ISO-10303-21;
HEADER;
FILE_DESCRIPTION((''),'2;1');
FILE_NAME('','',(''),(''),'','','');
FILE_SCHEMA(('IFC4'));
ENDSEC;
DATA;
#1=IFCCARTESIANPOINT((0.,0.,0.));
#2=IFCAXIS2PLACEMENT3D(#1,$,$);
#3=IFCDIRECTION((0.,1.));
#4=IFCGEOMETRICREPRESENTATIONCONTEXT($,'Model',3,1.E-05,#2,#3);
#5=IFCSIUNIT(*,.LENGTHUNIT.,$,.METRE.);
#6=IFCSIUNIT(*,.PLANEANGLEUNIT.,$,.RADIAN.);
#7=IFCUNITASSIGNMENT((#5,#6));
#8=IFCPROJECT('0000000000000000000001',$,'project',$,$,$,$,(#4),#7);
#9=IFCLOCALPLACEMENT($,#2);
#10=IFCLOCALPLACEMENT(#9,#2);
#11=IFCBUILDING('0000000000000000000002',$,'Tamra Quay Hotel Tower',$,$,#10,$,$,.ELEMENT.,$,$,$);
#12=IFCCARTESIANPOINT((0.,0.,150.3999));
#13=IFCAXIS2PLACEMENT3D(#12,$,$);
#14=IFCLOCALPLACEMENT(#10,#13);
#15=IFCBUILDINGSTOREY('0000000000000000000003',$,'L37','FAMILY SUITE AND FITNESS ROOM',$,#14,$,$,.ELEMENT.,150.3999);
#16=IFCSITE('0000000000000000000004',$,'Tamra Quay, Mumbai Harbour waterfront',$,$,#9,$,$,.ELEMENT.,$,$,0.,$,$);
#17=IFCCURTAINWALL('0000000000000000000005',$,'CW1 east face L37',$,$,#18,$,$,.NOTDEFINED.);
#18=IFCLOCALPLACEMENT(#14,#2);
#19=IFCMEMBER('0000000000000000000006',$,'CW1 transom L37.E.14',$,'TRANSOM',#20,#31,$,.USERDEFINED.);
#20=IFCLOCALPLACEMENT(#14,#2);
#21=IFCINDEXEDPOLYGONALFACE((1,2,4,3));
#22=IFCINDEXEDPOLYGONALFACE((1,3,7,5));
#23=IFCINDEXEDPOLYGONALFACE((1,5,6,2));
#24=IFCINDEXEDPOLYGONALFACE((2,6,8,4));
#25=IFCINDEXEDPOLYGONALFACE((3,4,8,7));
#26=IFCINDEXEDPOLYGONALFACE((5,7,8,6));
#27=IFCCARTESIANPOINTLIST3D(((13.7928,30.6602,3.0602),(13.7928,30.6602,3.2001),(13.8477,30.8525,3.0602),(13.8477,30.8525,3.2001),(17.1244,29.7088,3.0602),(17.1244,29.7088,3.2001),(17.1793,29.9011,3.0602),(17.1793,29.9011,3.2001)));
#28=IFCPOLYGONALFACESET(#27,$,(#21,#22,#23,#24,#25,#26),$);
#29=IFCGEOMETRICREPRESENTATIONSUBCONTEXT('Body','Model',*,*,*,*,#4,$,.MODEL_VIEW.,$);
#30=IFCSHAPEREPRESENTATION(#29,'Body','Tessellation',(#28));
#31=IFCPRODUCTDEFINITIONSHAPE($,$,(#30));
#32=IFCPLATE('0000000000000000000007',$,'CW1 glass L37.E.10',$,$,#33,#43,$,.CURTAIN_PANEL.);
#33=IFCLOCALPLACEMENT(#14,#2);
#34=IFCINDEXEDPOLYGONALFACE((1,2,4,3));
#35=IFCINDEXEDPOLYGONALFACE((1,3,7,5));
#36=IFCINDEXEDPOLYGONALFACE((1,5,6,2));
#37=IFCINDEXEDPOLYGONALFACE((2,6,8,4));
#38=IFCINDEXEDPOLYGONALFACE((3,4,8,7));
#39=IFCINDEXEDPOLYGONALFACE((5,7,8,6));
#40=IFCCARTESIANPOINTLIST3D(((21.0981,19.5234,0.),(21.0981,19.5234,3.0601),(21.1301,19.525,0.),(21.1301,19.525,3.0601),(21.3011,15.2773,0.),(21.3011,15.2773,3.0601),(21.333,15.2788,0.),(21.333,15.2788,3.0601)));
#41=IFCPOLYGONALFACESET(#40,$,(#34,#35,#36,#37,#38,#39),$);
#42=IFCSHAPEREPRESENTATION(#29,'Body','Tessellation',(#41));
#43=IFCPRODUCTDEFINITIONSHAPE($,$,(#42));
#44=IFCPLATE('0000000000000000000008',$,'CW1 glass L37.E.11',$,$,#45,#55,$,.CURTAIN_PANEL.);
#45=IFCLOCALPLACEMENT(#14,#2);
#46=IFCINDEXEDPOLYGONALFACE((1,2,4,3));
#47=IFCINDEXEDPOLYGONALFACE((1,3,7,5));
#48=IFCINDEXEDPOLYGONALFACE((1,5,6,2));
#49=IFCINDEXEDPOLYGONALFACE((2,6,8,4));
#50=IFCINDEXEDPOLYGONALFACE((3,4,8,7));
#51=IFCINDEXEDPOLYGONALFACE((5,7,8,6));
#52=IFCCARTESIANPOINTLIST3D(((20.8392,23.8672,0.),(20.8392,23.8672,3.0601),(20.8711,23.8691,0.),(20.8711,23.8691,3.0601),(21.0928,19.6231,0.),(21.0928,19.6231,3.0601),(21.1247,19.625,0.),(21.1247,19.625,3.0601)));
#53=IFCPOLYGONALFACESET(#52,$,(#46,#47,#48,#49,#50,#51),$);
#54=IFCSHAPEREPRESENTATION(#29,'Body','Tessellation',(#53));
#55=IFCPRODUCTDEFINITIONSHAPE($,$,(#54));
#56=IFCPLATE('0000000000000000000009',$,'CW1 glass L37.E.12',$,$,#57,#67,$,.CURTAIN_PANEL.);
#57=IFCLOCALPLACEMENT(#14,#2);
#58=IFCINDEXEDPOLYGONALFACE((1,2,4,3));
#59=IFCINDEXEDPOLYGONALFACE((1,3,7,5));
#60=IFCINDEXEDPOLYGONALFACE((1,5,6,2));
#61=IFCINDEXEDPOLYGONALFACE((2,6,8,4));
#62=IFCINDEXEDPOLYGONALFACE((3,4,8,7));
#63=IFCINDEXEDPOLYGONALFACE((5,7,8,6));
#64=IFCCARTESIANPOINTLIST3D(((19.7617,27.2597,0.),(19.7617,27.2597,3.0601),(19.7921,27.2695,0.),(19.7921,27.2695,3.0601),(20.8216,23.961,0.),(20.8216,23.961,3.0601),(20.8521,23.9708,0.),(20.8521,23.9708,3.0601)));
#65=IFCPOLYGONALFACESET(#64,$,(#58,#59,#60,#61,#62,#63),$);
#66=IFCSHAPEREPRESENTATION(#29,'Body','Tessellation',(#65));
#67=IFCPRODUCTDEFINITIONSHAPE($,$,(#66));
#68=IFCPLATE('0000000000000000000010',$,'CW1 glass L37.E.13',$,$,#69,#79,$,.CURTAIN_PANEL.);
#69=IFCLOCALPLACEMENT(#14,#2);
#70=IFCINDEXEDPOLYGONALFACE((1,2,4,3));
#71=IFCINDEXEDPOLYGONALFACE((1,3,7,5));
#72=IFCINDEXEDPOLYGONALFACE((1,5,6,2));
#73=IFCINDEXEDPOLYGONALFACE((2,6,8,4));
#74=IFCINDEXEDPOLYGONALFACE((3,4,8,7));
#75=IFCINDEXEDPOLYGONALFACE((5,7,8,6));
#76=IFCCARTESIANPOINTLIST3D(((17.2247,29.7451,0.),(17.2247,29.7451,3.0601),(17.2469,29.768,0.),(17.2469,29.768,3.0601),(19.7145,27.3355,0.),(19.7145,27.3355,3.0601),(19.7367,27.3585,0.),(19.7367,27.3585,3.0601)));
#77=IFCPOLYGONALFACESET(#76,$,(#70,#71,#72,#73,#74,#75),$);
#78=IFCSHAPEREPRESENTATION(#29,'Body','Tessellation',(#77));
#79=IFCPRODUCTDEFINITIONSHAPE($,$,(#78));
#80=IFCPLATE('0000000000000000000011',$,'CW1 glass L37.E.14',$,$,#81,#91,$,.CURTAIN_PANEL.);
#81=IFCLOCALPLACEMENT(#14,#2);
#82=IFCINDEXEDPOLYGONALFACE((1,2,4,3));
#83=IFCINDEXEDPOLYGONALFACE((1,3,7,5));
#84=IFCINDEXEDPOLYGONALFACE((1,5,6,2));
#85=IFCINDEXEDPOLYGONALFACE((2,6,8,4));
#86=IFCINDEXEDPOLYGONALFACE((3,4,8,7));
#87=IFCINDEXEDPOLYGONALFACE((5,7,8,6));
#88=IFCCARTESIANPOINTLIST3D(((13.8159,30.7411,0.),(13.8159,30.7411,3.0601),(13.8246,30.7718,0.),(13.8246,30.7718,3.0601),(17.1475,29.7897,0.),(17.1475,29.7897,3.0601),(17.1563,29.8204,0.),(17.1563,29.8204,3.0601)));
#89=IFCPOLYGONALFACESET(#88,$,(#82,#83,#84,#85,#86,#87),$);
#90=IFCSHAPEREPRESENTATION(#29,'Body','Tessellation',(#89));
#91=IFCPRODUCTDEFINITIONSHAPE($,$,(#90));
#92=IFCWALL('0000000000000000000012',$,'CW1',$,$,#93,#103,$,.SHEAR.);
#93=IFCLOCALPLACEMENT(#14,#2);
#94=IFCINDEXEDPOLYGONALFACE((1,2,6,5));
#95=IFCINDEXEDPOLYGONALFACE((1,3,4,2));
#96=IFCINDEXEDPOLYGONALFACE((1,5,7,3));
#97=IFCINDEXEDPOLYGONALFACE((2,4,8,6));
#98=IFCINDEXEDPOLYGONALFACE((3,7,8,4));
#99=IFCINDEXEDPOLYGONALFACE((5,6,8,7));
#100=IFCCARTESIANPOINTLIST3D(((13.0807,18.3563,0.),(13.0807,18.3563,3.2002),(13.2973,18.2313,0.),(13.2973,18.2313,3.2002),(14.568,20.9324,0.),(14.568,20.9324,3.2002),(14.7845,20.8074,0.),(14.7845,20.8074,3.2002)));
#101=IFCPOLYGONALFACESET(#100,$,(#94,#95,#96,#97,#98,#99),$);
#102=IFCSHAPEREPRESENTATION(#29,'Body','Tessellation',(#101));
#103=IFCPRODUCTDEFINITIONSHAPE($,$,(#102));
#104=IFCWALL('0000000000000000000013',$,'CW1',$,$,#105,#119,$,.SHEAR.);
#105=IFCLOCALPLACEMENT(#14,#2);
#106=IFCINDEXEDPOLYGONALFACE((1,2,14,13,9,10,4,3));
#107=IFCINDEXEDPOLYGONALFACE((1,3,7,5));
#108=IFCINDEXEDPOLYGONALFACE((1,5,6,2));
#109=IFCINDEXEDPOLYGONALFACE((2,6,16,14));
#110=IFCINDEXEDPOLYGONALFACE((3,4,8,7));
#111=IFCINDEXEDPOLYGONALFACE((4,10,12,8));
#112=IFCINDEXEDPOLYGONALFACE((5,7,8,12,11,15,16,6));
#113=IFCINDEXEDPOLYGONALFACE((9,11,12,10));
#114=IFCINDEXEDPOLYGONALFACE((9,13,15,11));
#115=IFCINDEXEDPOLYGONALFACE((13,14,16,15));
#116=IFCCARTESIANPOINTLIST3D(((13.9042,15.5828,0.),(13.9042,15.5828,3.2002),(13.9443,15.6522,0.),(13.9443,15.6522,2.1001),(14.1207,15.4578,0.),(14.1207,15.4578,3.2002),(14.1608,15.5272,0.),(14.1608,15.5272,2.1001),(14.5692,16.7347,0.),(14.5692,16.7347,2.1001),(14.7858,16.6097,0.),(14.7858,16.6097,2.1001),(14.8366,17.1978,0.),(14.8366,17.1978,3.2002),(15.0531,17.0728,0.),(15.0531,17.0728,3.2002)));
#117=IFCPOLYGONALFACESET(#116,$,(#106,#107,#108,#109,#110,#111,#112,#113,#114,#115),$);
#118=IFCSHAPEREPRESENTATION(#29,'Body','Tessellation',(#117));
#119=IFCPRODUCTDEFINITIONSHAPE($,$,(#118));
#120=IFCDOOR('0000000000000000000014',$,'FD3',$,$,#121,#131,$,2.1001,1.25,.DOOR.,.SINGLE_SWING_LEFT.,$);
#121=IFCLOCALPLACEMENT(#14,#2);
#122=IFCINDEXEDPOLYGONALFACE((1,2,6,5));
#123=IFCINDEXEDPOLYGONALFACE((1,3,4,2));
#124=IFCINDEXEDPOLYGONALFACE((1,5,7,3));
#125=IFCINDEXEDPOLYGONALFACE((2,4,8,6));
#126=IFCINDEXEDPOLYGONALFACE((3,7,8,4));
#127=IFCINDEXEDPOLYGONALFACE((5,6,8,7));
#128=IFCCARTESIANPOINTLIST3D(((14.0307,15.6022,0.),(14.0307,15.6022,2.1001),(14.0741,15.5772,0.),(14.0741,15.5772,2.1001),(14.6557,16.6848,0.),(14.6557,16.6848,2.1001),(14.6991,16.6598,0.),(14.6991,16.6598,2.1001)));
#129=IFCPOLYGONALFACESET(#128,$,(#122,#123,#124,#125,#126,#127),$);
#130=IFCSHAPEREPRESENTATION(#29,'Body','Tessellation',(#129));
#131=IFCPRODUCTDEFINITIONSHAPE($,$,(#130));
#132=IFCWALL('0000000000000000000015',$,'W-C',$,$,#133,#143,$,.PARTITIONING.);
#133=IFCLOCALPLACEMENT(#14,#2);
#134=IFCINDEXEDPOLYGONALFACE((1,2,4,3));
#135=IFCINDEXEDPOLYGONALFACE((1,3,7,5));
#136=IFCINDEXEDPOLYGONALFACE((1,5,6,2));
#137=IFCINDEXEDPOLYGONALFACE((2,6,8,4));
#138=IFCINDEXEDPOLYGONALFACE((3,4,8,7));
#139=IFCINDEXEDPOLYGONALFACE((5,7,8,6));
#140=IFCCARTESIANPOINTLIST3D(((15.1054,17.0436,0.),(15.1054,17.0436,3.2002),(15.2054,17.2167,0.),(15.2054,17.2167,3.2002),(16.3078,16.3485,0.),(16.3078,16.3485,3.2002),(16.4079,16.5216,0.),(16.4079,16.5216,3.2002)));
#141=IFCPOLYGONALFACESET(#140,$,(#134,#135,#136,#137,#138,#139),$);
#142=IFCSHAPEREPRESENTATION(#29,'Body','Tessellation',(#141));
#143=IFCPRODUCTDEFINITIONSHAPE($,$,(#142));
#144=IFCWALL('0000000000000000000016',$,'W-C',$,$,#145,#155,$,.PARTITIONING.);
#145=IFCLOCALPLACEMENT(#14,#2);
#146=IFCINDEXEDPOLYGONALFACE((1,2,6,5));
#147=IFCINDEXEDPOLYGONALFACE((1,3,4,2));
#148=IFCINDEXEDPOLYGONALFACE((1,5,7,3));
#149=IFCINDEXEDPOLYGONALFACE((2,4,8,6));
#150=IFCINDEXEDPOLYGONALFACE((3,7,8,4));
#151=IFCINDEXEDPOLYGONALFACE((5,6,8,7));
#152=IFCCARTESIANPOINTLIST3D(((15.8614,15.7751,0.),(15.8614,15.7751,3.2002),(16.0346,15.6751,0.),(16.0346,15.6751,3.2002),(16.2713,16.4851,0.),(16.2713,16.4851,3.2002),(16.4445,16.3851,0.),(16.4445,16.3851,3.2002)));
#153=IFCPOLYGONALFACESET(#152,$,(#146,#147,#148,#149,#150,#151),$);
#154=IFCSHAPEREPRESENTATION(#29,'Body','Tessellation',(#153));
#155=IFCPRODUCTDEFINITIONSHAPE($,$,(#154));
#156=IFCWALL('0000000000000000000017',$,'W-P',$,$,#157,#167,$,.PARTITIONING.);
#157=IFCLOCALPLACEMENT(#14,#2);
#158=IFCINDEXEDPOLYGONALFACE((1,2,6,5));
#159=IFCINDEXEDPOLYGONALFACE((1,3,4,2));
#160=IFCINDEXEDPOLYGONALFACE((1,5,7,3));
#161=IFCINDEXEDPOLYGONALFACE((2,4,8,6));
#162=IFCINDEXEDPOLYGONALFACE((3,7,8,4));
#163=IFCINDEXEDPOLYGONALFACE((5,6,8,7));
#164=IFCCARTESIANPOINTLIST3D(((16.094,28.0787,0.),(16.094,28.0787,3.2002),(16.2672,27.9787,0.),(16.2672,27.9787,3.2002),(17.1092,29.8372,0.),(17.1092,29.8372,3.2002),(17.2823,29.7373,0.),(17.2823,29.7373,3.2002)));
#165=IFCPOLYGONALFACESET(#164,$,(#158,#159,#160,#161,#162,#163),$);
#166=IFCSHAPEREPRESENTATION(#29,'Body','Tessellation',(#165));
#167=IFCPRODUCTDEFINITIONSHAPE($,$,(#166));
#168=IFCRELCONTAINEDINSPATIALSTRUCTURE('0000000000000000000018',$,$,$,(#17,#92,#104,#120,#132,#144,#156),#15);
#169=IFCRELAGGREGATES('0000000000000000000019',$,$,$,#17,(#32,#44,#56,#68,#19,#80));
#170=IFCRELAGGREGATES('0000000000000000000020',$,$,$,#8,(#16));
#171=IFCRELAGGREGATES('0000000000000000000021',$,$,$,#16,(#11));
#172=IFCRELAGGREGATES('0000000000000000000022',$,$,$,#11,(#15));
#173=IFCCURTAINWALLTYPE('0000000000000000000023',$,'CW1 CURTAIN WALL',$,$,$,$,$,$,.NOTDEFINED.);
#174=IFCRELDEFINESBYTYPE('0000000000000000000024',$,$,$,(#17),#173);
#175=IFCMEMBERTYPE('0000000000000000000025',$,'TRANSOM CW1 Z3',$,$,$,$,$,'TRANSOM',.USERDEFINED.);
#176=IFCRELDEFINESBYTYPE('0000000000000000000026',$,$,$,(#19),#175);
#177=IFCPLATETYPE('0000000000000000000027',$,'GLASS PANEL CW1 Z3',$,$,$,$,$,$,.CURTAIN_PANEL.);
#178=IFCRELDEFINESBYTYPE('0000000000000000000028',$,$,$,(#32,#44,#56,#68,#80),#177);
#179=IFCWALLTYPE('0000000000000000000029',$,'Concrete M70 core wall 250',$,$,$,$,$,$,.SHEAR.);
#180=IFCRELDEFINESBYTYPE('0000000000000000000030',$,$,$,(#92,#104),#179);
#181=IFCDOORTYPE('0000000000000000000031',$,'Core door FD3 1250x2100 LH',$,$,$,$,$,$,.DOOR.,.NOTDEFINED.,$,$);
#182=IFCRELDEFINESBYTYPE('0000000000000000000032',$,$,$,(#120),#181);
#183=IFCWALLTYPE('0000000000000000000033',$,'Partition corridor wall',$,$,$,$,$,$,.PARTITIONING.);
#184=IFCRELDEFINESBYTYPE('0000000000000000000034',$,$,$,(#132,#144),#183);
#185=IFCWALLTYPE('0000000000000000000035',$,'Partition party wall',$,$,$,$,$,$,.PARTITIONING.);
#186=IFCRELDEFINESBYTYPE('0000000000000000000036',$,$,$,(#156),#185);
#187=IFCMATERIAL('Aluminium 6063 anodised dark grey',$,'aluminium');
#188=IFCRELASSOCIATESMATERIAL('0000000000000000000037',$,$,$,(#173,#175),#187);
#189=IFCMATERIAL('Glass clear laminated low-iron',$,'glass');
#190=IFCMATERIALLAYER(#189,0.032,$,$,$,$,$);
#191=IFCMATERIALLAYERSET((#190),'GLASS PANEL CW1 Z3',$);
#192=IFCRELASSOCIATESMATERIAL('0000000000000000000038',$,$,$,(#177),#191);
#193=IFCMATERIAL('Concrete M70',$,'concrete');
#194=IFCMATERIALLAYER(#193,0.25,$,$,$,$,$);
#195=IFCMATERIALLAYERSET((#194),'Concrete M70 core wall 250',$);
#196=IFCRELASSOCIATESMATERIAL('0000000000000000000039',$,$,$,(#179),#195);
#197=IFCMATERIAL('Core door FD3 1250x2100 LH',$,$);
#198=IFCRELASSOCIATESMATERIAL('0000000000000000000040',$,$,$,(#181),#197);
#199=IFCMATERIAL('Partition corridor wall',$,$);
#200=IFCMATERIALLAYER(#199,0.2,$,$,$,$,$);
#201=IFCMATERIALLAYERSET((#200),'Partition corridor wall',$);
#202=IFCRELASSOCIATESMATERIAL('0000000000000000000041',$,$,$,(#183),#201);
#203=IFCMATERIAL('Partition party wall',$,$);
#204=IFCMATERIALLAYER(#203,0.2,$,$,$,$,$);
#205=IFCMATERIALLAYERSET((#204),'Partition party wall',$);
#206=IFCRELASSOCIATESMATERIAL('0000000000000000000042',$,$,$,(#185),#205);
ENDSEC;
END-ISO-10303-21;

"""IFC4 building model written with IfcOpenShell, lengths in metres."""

from ifc_helpers import new_model, si_unit, direction, frame, frame_2d, origin, origin_2d, place, context, subcontext, project, spatial, rectangle, extrude, material, layer, layer_set, material_profile, profile_set, type_object, element, fill, aggregate, save


model = new_model("IFC4")

# Units and contexts
model_context = context("Model", 3, precision=1e-05, world=origin(), true_north=direction((0.0, 1.0)))
body_context = subcontext(model_context, "Body", "Model", "MODEL_VIEW")
ifc_project = project(units=[si_unit("LENGTHUNIT", "METRE"), si_unit("PLANEANGLEUNIT", "RADIAN")], contexts=[model_context])

# Site, building, storey
site_placement = place(None, origin())
site = spatial("IfcSite", under=ifc_project, at=site_placement, Name="Tamra Quay, Mumbai Harbour waterfront", CompositionType="ELEMENT", RefElevation=0.0)
building_placement = place(site_placement, origin())
building = spatial("IfcBuilding", under=site, at=building_placement, Name="Tamra Quay Hotel Tower", CompositionType="ELEMENT")
storey_placement = place(building_placement, frame((0.0, 0.0, 150.3999)))
storey = spatial("IfcBuildingStorey", under=building, at=storey_placement, Name="L37", Description="FAMILY SUITE AND FITNESS ROOM", CompositionType="ELEMENT", Elevation=150.3999)

# Shared definitions
ifc_material_1 = material(Name="Concrete M70", Category="concrete")

# Curtain wall
ifc_material_2 = material(Name="Aluminium 6063 anodised dark grey", Category="aluminium")
curtain_wall_type = type_object("IfcCurtainWallType", Name="CW1 CURTAIN WALL", PredefinedType="NOTDEFINED", material=ifc_material_2)
curtain_wall_placement = place(storey_placement, origin())
curtain_wall = element("IfcCurtainWall", 1, at=curtain_wall_placement, inside=storey, type_object=curtain_wall_type, Name="CW1 east face L37", PredefinedType="NOTDEFINED")

# Member
ifc_material_profile_1 = material_profile(ifc_material_2, rectangle(XDim=0.2, YDim=0.1399, at=origin_2d()), Name="TRANSOM 200X140")
ifc_profile_set_1 = profile_set([ifc_material_profile_1], Name="Aluminium 6063 anodised dark grey")
member_type_1 = type_object("IfcMemberType", Name="TRANSOM CW1 Z3", ElementType="TRANSOM", PredefinedType="USERDEFINED", material=ifc_profile_set_1)
member_1_placement = place(storey_placement, frame((17.1519, 29.8049, 3.1301), z_axis=(-0.961559, 0.2746, 0.0), x_axis=(-0.2746, -0.961559, 0.0)))
member_1 = element("IfcMember", 2, at=member_1_placement, type_object=member_type_1, Name="CW1 transom L37.E.14", ObjectType="TRANSOM", PredefinedType="USERDEFINED", context=body_context, shape_type="SweptSolid", body=[
    extrude(rectangle(XDim=0.2, YDim=0.1399, at=origin_2d()), origin(), (0.0, 0.0, 1.0), 3.4648),
])

# Plates
ifc_material_3 = material(Name="Glass clear laminated low-iron", Category="glass")
ifc_layer_1 = layer(ifc_material_3, 0.032)
ifc_layer_set_1 = layer_set([ifc_layer_1], Name="GLASS PANEL CW1 Z3")
plate_type = type_object("IfcPlateType", Name="GLASS PANEL CW1 Z3", PredefinedType="CURTAIN_PANEL", material=ifc_layer_set_1)
plate_1_placement = place(storey_placement, frame((21.2156, 17.4011, 0.0), z_axis=(0.0, 0.0, 1.0), x_axis=(-0.047747, 0.998859, 0.0)))
plate_1 = element("IfcPlate", 3, at=plate_1_placement, type_object=plate_type, Name="CW1 glass L37.E.10", PredefinedType="CURTAIN_PANEL", context=body_context, shape_type="SweptSolid", body=[
    extrude(rectangle(XDim=4.251, YDim=0.032, at=origin_2d()), origin(), (0.0, 0.0, 1.0), 3.0601),
])
plate_2_placement = place(storey_placement, frame((20.9819, 21.7461, 0.0), z_axis=(0.0, 0.0, 1.0), x_axis=(-0.059642, 0.99822, 0.0)))
plate_2 = element("IfcPlate", 4, at=plate_2_placement, type_object=plate_type, Name="CW1 glass L37.E.11", PredefinedType="CURTAIN_PANEL", context=body_context, shape_type="SweptSolid", body=[
    extrude(rectangle(XDim=4.2517, YDim=0.032, at=origin_2d()), origin(), (0.0, 0.0, 1.0), 3.0601),
])
plate_3_placement = place(storey_placement, frame((20.3069, 25.6152, 0.0), z_axis=(0.0, 0.0, 1.0), x_axis=(-0.305915, 0.952059, 0.0)))
plate_3 = element("IfcPlate", 5, at=plate_3_placement, type_object=plate_type, Name="CW1 glass L37.E.12", PredefinedType="CURTAIN_PANEL", context=body_context, shape_type="SweptSolid", body=[
    extrude(rectangle(XDim=3.4648, YDim=0.032, at=origin_2d()), origin(), (0.0, 0.0, 1.0), 3.0601),
])
plate_4_placement = place(storey_placement, frame((18.4807, 28.5518, 0.0), z_axis=(0.0, 0.0, 1.0), x_axis=(-0.718584, 0.69544, 0.0)))
plate_4 = element("IfcPlate", 6, at=plate_4_placement, type_object=plate_type, Name="CW1 glass L37.E.13", PredefinedType="CURTAIN_PANEL", context=body_context, shape_type="SweptSolid", body=[
    extrude(rectangle(XDim=3.4648, YDim=0.032, at=origin_2d()), origin(), (0.0, 0.0, 1.0), 3.0601),
])
plate_5_placement = place(storey_placement, frame((15.4861, 30.2808, 0.0), z_axis=(0.0, 0.0, 1.0), x_axis=(-0.961561, 0.274593, 0.0)))
plate_5 = element("IfcPlate", 7, at=plate_5_placement, type_object=plate_type, Name="CW1 glass L37.E.14", PredefinedType="CURTAIN_PANEL", context=body_context, shape_type="SweptSolid", body=[
    extrude(rectangle(XDim=3.4648, YDim=0.032, at=origin_2d()), origin(), (0.0, 0.0, 1.0), 3.0601),
])
aggregate(curtain_wall, [plate_1, plate_2, plate_3, plate_4, member_1, plate_5])

# Wall
ifc_layer_2 = layer(ifc_material_1, 0.25)
ifc_layer_set_2 = layer_set([ifc_layer_2], Name="Concrete M70 core wall 250")
wall_type_1 = type_object("IfcWallType", Name="Concrete M70 core wall 250", PredefinedType="SHEAR", material=ifc_layer_set_2)
wall_1_placement = place(storey_placement, frame((14.6763, 20.8699, 0.0), z_axis=(0.0, 0.0, 1.0), x_axis=(-0.499988, -0.866033, 0.0)))
element("IfcWall", 8, at=wall_1_placement, inside=storey, type_object=wall_type_1, Name="CW1", PredefinedType="SHEAR", context=body_context, shape_type="SweptSolid", body=[
    extrude(rectangle(XDim=2.9746, YDim=0.25, at=frame_2d((1.4873, 0.0))), origin(), (0.0, 0.0, 1.0), 3.2002),
])

# Wall, opening, door
wall_2_placement = place(storey_placement, frame((14.9448, 17.1353, 0.0), z_axis=(0.0, 0.0, 1.0), x_axis=(-0.499983, -0.866035, 0.0)))
wall_2 = element("IfcWall", 9, at=wall_2_placement, inside=storey, type_object=wall_type_1, Name="CW1", PredefinedType="SHEAR", context=body_context, shape_type="SweptSolid", body=[
    extrude(rectangle(XDim=1.8647, YDim=0.25, at=frame_2d((0.9324, 0.0))), origin(), (0.0, 0.0, 1.0), 3.2002),
])
opening_placement = place(wall_2_placement, frame((0.5347, 0.0, 0.0)))
opening = element("IfcOpeningElement", 10, at=opening_placement, cuts=wall_2, PredefinedType="OPENING", context=body_context, shape_type="SweptSolid", body=[
    extrude(rectangle(XDim=1.25, YDim=2.1001, at=frame_2d((0.625, 1.05))), frame((0.0, 0.135, 0.0), z_axis=(0.0, -1.0, 0.0), x_axis=(1.0, 0.0, 0.0)), (0.0, 0.0, 1.0), 0.27),
])
ifc_material_4 = material(Name="Core door FD3 1250x2100 LH")
door_type = type_object("IfcDoorType", Name="Core door FD3 1250x2100 LH", OperationType="NOTDEFINED", PredefinedType="DOOR", material=ifc_material_4)
door_placement = place(opening_placement, origin())
door = element("IfcDoor", 11, at=door_placement, inside=storey, type_object=door_type, Name="FD3", OperationType="SINGLE_SWING_LEFT", OverallHeight=2.1001, OverallWidth=1.25, PredefinedType="DOOR", context=body_context, shape_type="SweptSolid", body=[
    extrude(rectangle(XDim=1.25, YDim=2.1001, at=frame_2d((0.625, 1.05))), frame((0.0, 0.0249, 0.0), z_axis=(0.0, -1.0, 0.0), x_axis=(1.0, 0.0, 0.0)), (0.0, 0.0, 1.0), 0.05),
])
fill(opening, door)

# Walls
ifc_material_5 = material(Name="Partition corridor wall")
ifc_layer_3 = layer(ifc_material_5, 0.2)
ifc_layer_set_3 = layer_set([ifc_layer_3], Name="Partition corridor wall")
wall_type_2 = type_object("IfcWallType", Name="Partition corridor wall", PredefinedType="PARTITIONING", material=ifc_layer_set_3)
wall_3_placement = place(storey_placement, frame((15.1555, 17.1301, 0.0), z_axis=(0.0, 0.0, 1.0), x_axis=(0.865755, -0.500468, 0.0)))
element("IfcWall", 12, at=wall_3_placement, inside=storey, type_object=wall_type_2, Name="W-C", PredefinedType="PARTITIONING", context=body_context, shape_type="SweptSolid", body=[
    extrude(rectangle(XDim=1.3889, YDim=0.2, at=frame_2d((0.6943, 0.0))), origin(), (0.0, 0.0, 1.0), 3.2002),
])
wall_4_placement = place(storey_placement, frame((15.948, 15.7251, 0.0), z_axis=(0.0, 0.0, 1.0), x_axis=(0.500015, 0.866017, 0.0)))
element("IfcWall", 13, at=wall_4_placement, inside=storey, type_object=wall_type_2, Name="W-C", PredefinedType="PARTITIONING", context=body_context, shape_type="SweptSolid", body=[
    extrude(rectangle(XDim=0.8198, YDim=0.2, at=frame_2d((0.4099, 0.0))), origin(), (0.0, 0.0, 1.0), 3.2002),
])
ifc_material_6 = material(Name="Partition party wall")
ifc_layer_4 = layer(ifc_material_6, 0.2)
ifc_layer_set_4 = layer_set([ifc_layer_4], Name="Partition party wall")
wall_type_3 = type_object("IfcWallType", Name="Partition party wall", PredefinedType="PARTITIONING", material=ifc_layer_set_4)
wall_5_placement = place(storey_placement, frame((16.1807, 28.0288, 0.0), z_axis=(0.0, 0.0, 1.0), x_axis=(0.499941, 0.866059, 0.0)))
element("IfcWall", 14, at=wall_5_placement, inside=storey, type_object=wall_type_3, Name="W-P", PredefinedType="PARTITIONING", context=body_context, shape_type="SweptSolid", body=[
    extrude(rectangle(XDim=2.0305, YDim=0.2, at=frame_2d((1.0151, 0.0))), origin(), (0.0, 0.0, 1.0), 3.2002),
])

save(model, "model.ifc")
